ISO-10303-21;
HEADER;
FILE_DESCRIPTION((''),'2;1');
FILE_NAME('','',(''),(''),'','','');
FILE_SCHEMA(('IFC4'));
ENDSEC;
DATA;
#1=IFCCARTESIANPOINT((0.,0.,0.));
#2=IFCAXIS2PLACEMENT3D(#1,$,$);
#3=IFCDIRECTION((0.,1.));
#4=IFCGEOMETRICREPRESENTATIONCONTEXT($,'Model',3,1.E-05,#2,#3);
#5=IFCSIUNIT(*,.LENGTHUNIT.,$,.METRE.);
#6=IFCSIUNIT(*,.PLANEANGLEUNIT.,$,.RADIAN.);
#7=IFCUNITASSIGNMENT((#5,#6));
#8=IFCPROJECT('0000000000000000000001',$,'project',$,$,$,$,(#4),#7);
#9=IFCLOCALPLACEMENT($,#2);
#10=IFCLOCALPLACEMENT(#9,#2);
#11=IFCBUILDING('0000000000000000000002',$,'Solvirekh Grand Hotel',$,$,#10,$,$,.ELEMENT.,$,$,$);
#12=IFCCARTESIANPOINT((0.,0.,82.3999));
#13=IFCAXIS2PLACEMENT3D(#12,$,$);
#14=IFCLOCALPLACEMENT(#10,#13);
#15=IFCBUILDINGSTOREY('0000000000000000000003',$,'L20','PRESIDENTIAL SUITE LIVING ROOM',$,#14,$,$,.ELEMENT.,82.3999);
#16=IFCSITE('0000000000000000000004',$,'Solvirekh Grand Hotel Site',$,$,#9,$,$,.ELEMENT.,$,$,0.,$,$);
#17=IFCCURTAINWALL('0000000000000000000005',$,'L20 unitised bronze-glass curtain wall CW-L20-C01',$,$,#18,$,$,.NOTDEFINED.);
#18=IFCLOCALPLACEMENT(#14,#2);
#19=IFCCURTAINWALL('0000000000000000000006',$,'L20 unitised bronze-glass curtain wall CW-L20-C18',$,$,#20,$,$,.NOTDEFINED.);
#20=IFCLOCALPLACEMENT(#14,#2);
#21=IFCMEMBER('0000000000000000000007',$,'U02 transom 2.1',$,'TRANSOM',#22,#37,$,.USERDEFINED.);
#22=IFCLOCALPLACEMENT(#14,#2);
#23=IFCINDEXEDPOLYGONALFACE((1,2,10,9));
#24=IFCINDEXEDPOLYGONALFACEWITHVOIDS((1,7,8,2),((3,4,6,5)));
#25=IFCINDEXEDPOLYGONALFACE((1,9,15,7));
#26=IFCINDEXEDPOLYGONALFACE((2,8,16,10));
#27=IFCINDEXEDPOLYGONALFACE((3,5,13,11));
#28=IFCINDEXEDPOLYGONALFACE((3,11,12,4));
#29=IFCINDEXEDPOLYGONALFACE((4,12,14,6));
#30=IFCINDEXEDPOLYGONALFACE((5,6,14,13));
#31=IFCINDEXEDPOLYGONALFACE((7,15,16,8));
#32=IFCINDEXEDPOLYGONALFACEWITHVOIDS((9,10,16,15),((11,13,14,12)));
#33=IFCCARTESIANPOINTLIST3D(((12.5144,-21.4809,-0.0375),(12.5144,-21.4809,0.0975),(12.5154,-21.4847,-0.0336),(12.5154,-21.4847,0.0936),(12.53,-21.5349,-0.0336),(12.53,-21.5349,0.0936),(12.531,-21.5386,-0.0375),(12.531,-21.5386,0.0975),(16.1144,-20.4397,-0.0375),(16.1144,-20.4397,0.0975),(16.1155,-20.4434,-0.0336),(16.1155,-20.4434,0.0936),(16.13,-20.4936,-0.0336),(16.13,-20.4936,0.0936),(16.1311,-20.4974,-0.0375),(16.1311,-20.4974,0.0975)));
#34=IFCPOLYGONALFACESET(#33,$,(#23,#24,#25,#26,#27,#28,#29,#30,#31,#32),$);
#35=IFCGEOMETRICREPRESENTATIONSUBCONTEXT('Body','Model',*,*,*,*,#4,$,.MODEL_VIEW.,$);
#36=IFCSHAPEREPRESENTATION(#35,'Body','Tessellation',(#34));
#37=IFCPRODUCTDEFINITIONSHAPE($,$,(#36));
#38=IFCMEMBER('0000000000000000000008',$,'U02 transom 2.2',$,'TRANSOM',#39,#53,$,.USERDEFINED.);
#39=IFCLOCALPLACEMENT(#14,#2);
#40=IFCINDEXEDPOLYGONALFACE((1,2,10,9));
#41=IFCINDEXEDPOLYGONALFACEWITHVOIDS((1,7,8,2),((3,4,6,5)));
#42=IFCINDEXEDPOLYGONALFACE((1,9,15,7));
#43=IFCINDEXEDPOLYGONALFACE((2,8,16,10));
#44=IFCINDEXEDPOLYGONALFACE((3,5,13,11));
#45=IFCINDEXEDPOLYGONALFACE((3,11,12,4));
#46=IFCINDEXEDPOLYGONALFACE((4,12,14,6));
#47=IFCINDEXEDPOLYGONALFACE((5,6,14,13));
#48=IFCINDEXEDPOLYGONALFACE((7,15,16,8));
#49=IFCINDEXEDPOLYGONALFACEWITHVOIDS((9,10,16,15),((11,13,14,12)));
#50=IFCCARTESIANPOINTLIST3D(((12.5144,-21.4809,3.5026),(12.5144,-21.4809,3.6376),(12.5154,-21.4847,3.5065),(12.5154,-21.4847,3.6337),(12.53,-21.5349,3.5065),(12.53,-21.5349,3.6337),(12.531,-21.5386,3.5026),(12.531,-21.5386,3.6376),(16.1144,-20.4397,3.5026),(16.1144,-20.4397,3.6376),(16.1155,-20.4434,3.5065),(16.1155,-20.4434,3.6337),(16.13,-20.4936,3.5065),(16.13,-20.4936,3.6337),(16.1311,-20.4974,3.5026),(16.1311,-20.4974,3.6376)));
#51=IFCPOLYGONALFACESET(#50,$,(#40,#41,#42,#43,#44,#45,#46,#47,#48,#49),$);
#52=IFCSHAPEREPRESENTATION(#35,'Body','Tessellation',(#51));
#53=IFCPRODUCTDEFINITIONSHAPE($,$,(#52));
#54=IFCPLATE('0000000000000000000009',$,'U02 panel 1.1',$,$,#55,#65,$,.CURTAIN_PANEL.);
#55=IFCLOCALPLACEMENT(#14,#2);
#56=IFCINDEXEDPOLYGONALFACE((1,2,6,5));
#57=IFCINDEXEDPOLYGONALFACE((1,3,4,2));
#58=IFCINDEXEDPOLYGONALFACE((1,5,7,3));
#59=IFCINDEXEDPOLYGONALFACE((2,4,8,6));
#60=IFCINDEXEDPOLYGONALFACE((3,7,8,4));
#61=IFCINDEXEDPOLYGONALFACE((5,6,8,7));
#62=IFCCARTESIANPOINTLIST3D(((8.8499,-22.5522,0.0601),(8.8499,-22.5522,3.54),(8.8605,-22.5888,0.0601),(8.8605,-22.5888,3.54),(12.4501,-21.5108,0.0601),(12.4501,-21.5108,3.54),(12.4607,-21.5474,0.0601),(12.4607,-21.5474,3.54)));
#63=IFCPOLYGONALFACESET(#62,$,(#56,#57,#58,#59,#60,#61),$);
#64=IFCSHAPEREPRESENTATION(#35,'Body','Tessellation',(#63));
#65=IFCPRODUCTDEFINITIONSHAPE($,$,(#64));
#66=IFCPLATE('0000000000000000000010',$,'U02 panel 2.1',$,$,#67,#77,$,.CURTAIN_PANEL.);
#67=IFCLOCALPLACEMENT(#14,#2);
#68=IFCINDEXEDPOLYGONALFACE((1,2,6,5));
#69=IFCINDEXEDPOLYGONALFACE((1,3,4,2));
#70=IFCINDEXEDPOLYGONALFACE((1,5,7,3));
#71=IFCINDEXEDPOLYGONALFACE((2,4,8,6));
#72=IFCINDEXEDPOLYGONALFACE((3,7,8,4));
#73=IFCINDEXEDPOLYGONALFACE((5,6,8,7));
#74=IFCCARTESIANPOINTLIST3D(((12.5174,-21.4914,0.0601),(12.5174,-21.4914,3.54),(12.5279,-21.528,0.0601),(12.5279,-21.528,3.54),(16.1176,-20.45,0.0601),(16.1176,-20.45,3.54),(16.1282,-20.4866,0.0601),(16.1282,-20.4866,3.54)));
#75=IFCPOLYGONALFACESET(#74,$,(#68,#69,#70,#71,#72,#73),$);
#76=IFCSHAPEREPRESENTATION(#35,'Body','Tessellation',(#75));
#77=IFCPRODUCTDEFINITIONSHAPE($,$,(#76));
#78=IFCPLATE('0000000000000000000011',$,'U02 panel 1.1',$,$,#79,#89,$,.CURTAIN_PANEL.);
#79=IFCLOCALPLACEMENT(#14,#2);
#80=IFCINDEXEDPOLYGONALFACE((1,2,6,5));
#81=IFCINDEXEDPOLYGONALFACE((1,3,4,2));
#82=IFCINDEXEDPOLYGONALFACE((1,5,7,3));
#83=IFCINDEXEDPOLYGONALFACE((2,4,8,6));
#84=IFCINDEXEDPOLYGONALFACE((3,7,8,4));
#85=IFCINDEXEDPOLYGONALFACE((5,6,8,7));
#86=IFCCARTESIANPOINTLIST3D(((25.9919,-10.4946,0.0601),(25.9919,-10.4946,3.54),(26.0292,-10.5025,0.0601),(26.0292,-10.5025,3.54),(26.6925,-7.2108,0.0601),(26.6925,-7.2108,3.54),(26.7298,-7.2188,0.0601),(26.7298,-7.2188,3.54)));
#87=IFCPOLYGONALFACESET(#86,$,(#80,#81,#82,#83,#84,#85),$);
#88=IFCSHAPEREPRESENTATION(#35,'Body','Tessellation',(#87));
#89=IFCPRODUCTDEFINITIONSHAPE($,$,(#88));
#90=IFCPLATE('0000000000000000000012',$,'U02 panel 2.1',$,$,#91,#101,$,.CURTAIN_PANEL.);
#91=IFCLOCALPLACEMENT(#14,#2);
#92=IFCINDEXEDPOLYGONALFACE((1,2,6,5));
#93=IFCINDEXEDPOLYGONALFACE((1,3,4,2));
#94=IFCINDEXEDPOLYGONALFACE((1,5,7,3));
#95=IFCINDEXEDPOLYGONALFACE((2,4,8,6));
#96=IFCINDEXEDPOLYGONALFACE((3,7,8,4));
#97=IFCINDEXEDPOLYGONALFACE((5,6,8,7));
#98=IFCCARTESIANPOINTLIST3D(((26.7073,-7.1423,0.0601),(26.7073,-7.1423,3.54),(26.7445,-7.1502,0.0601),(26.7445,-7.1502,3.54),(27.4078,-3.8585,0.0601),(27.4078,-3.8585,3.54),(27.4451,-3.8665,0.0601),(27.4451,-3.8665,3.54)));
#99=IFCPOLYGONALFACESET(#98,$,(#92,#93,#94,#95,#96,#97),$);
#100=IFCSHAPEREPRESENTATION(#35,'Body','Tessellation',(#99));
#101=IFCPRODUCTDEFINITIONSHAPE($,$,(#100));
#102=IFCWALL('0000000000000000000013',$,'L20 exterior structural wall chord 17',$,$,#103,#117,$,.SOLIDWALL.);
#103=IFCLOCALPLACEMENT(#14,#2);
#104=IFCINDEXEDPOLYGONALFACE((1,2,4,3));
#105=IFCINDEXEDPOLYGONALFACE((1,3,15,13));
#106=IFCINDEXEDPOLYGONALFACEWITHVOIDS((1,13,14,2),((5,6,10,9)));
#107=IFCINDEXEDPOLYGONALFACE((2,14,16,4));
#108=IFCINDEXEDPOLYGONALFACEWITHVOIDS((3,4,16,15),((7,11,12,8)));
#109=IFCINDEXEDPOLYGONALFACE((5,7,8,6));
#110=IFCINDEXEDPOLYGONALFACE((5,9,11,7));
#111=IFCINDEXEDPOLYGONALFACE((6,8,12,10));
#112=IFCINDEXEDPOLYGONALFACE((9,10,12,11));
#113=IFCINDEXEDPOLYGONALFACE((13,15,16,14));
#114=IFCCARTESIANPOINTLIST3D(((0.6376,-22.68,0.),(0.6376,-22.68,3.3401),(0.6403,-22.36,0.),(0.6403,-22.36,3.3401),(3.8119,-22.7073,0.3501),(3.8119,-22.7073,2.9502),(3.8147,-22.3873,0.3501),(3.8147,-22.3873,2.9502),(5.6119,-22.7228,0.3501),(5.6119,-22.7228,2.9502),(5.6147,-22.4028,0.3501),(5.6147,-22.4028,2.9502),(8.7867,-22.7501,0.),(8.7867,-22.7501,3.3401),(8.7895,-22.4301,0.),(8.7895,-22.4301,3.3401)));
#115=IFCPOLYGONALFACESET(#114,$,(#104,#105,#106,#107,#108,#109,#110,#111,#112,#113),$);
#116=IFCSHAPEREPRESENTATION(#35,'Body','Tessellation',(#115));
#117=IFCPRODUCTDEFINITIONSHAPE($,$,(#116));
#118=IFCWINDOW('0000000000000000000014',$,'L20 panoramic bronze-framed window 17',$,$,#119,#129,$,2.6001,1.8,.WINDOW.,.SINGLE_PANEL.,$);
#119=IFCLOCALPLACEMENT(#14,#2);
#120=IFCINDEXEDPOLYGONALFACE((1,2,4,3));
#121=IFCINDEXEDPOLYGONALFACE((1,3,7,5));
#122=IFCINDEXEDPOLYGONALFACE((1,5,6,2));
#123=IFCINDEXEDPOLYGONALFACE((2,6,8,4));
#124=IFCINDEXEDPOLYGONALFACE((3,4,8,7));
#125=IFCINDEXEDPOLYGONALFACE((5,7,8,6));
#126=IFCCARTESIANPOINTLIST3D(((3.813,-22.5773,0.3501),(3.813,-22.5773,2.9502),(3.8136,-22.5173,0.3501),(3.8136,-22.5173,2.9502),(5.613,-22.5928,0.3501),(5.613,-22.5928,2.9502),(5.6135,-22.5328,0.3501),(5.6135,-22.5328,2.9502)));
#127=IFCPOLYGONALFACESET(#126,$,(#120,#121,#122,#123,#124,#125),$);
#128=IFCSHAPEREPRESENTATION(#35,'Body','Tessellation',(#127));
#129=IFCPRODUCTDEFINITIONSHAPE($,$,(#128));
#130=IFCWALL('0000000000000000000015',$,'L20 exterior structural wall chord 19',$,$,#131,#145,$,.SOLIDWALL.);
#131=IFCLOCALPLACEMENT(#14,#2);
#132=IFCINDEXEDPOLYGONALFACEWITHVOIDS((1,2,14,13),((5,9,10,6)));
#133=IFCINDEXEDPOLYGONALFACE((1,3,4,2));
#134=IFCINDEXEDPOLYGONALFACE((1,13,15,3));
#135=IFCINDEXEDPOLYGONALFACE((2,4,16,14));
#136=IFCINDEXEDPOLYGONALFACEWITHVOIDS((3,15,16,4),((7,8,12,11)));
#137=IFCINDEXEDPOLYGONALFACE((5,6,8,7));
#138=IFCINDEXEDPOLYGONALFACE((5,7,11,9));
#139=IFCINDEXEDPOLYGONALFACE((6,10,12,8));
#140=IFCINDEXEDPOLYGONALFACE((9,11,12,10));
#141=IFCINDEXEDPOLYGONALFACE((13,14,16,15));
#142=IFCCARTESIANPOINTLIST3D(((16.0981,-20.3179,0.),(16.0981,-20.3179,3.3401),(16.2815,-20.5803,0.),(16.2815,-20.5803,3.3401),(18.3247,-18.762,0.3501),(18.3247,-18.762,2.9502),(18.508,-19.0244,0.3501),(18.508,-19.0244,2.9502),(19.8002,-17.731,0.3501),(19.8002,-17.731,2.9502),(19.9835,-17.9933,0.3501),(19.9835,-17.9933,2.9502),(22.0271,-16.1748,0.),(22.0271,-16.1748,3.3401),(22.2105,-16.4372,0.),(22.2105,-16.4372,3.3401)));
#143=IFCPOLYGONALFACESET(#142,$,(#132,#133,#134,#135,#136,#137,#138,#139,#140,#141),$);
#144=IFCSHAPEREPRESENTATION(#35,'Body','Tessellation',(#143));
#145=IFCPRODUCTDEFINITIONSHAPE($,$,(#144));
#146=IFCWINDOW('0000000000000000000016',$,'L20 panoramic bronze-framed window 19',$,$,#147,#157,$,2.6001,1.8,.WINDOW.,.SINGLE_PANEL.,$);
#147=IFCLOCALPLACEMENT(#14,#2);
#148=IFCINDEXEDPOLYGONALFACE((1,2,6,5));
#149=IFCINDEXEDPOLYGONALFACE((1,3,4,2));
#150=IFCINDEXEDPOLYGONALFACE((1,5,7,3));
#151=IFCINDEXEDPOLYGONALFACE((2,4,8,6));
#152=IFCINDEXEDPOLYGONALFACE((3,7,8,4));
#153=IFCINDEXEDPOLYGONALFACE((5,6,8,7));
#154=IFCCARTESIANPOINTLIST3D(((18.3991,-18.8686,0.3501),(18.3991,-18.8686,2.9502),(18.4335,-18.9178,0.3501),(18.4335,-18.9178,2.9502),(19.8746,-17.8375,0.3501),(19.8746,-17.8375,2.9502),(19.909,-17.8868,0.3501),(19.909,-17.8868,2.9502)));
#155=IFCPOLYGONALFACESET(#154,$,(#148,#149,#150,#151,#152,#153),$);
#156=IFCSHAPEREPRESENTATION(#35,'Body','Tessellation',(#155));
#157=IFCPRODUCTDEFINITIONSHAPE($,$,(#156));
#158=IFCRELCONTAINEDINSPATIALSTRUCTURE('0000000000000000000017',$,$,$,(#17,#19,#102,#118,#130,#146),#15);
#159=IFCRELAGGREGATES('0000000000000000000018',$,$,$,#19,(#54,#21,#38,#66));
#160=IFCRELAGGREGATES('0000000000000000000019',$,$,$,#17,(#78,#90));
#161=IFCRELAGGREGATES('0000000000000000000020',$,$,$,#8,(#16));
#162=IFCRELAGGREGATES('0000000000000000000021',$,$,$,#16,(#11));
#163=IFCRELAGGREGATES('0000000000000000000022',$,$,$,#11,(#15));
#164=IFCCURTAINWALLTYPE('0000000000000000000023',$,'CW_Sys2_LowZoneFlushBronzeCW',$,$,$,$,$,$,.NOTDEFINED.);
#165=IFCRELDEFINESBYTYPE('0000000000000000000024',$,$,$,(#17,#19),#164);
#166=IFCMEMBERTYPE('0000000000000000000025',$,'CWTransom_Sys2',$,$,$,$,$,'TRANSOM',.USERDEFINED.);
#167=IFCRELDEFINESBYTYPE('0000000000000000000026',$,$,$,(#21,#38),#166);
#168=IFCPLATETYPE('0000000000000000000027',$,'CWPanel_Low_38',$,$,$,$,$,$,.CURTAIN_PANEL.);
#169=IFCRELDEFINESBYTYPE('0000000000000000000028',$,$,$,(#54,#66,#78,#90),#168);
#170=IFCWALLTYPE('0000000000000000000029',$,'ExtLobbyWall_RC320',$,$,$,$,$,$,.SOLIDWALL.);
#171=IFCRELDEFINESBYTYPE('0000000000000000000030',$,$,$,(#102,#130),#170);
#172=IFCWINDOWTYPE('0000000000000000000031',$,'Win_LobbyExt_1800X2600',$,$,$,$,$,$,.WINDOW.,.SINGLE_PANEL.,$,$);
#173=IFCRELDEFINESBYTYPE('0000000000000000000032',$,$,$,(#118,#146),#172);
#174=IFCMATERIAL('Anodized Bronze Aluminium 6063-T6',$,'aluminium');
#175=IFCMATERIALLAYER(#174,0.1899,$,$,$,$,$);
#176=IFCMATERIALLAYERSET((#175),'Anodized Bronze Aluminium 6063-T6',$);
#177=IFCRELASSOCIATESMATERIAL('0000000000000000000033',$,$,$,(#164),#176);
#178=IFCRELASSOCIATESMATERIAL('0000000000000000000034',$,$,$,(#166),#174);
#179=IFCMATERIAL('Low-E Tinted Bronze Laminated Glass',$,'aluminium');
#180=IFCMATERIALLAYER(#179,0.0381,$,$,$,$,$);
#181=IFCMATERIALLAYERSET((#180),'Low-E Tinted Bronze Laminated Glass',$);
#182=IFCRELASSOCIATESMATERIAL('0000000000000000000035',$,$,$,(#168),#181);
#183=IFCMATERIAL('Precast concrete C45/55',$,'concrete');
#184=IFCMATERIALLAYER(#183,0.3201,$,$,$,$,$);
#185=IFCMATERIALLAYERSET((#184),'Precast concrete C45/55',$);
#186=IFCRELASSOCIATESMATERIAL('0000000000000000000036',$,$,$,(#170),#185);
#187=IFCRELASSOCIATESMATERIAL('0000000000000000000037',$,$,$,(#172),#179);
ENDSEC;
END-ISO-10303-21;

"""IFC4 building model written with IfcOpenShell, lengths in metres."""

from ifc_helpers import new_model, si_unit, direction, frame, frame_2d, origin, origin_2d, place, context, subcontext, project, spatial, rectangle, hollow_rectangle, extrude, source, transform, mapped, material, layer, layer_set, material_profile, profile_set, type_object, element, fill, aggregate, save


model = new_model("IFC4")

# Units and contexts
model_context = context("Model", 3, precision=1e-05, world=origin(), true_north=direction((0.0, 1.0)))
body_context = subcontext(model_context, "Body", "Model", "MODEL_VIEW")
ifc_project = project(units=[si_unit("LENGTHUNIT", "METRE"), si_unit("PLANEANGLEUNIT", "RADIAN")], contexts=[model_context])

# Site, building, storey
site_placement = place(None, origin())
site = spatial("IfcSite", under=ifc_project, at=site_placement, Name="Solvirekh Grand Hotel Site", CompositionType="ELEMENT", RefElevation=0.0)
building_placement = place(site_placement, origin())
building = spatial("IfcBuilding", under=site, at=building_placement, Name="Solvirekh Grand Hotel", CompositionType="ELEMENT")
storey_placement = place(building_placement, frame((0.0, 0.0, 82.3999)))
storey = spatial("IfcBuildingStorey", under=building, at=storey_placement, Name="L20", Description="PRESIDENTIAL SUITE LIVING ROOM", CompositionType="ELEMENT", Elevation=82.3999)

# Curtain walls
ifc_material_1 = material(Name="Anodized Bronze Aluminium 6063-T6", Category="aluminium")
ifc_layer_1 = layer(ifc_material_1, 0.1899)
ifc_layer_set_1 = layer_set([ifc_layer_1], Name="Anodized Bronze Aluminium 6063-T6")
curtain_wall_type = type_object("IfcCurtainWallType", Name="CW_Sys2_LowZoneFlushBronzeCW", PredefinedType="NOTDEFINED", material=ifc_layer_set_1)
curtain_wall_1_placement = place(storey_placement, origin())
curtain_wall_1 = element("IfcCurtainWall", 1, at=curtain_wall_1_placement, inside=storey, type_object=curtain_wall_type, Name="L20 unitised bronze-glass curtain wall CW-L20-C01", PredefinedType="NOTDEFINED")
curtain_wall_2_placement = place(storey_placement, origin())
curtain_wall_2 = element("IfcCurtainWall", 2, at=curtain_wall_2_placement, inside=storey, type_object=curtain_wall_type, Name="L20 unitised bronze-glass curtain wall CW-L20-C18", PredefinedType="NOTDEFINED")

# Members
ifc_material_profile_1 = material_profile(ifc_material_1, hollow_rectangle(XDim=0.0601, YDim=0.135, WallThickness=0.0039, at=origin_2d()), Name="ALU RHS 135X60X4")
ifc_profile_set_1 = profile_set([ifc_material_profile_1], Name="Anodized Bronze Aluminium 6063-T6")
member_type_1 = type_object("IfcMemberType", Name="CWTransom_Sys2", ElementType="TRANSOM", PredefinedType="USERDEFINED", material=ifc_profile_set_1)
shared_shape_1 = source(origin(), body_context, "Body", "SweptSolid", [
    extrude(hollow_rectangle(XDim=0.0601, YDim=0.135, WallThickness=0.0039, at=origin_2d()), origin(), (0.0, 0.0, 1.0), 3.7476),
])
member_1_placement = place(storey_placement, frame((12.5227, -21.5098, 0.03), z_axis=(0.960627, 0.277843, 0.0), x_axis=(-0.277843, 0.960627, 0.0)))
member_1 = element("IfcMember", 3, at=member_1_placement, type_object=member_type_1, Name="U02 transom 2.1", ObjectType="TRANSOM", PredefinedType="USERDEFINED", context=body_context, shape_type="MappedRepresentation", body=[
    mapped(shared_shape_1, transform((0.0, 0.0, 0.0), x_axis=(1.0, 0.0, 0.0), y_axis=(0.0, 1.0, 0.0), z_axis=(0.0, 0.0, 1.0), scale=1.0)),
])
member_2_placement = place(storey_placement, frame((12.5227, -21.5098, 3.5701), z_axis=(0.960627, 0.277843, 0.0), x_axis=(-0.277843, 0.960627, 0.0)))
member_2 = element("IfcMember", 4, at=member_2_placement, type_object=member_type_1, Name="U02 transom 2.2", ObjectType="TRANSOM", PredefinedType="USERDEFINED", context=body_context, shape_type="MappedRepresentation", body=[
    mapped(shared_shape_1, transform((0.0, 0.0, 0.0), x_axis=(1.0, 0.0, 0.0), y_axis=(0.0, 1.0, 0.0), z_axis=(0.0, 0.0, 1.0), scale=1.0)),
])

# Plates
ifc_material_2 = material(Name="Low-E Tinted Bronze Laminated Glass", Category="aluminium")
ifc_layer_2 = layer(ifc_material_2, 0.0381)
ifc_layer_set_2 = layer_set([ifc_layer_2], Name="Low-E Tinted Bronze Laminated Glass")
plate_type = type_object("IfcPlateType", Name="CWPanel_Low_38", PredefinedType="CURTAIN_PANEL", material=ifc_layer_set_2)
shared_shape_2 = source(origin(), body_context, "Body", "SweptSolid", [
    extrude(rectangle(XDim=3.7478, YDim=0.0381, at=origin_2d()), origin(), (0.0, 0.0, 1.0), 3.48),
])
plate_1_placement = place(storey_placement, frame((10.6553, -22.0498, 0.0601), z_axis=(0.0, 0.0, 1.0), x_axis=(0.960623, 0.277856, 0.0)))
plate_1 = element("IfcPlate", 5, at=plate_1_placement, type_object=plate_type, Name="U02 panel 1.1", PredefinedType="CURTAIN_PANEL", context=body_context, shape_type="MappedRepresentation", body=[
    mapped(shared_shape_2, transform((0.0, 0.0, 0.0), x_axis=(1.0, 0.0, 0.0), y_axis=(0.0, 1.0, 0.0), z_axis=(0.0, 0.0, 1.0), scale=1.0)),
])
plate_2_placement = place(storey_placement, frame((14.3228, -20.989, 0.0601), z_axis=(0.0, 0.0, 1.0), x_axis=(0.960623, 0.277856, 0.0)))
plate_2 = element("IfcPlate", 6, at=plate_2_placement, type_object=plate_type, Name="U02 panel 2.1", PredefinedType="CURTAIN_PANEL", context=body_context, shape_type="MappedRepresentation", body=[
    mapped(shared_shape_2, transform((0.0, 0.0, 0.0), x_axis=(1.0, 0.0, 0.0), y_axis=(0.0, 1.0, 0.0), z_axis=(0.0, 0.0, 1.0), scale=1.0)),
])
aggregate(curtain_wall_2, [plate_1, member_1, member_2, plate_2])
shared_shape_3 = source(origin(), body_context, "Body", "SweptSolid", [
    extrude(rectangle(XDim=3.3577, YDim=0.0381, at=origin_2d()), origin(), (0.0, 0.0, 1.0), 3.48),
])
plate_3_placement = place(storey_placement, frame((26.3608, -8.8567, 0.0601), z_axis=(0.0, 0.0, 1.0), x_axis=(0.208651, 0.97799, 0.0)))
plate_3 = element("IfcPlate", 7, at=plate_3_placement, type_object=plate_type, Name="U02 panel 1.1", PredefinedType="CURTAIN_PANEL", context=body_context, shape_type="MappedRepresentation", body=[
    mapped(shared_shape_3, transform((0.0, 0.0, 0.0), x_axis=(1.0, 0.0, 0.0), y_axis=(0.0, 1.0, 0.0), z_axis=(0.0, 0.0, 1.0), scale=1.0)),
])
plate_4_placement = place(storey_placement, frame((27.0762, -5.5044, 0.0601), z_axis=(0.0, 0.0, 1.0), x_axis=(0.208651, 0.97799, 0.0)))
plate_4 = element("IfcPlate", 8, at=plate_4_placement, type_object=plate_type, Name="U02 panel 2.1", PredefinedType="CURTAIN_PANEL", context=body_context, shape_type="MappedRepresentation", body=[
    mapped(shared_shape_3, transform((0.0, 0.0, 0.0), x_axis=(1.0, 0.0, 0.0), y_axis=(0.0, 1.0, 0.0), z_axis=(0.0, 0.0, 1.0), scale=1.0)),
])
aggregate(curtain_wall_1, [plate_3, plate_4])

# Walls, openings, windows
ifc_material_3 = material(Name="Precast concrete C45/55", Category="concrete")
ifc_layer_3 = layer(ifc_material_3, 0.3201)
ifc_layer_set_3 = layer_set([ifc_layer_3], Name="Precast concrete C45/55")
wall_type_1 = type_object("IfcWallType", Name="ExtLobbyWall_RC320", PredefinedType="SOLIDWALL", material=ifc_layer_set_3)
wall_1_placement = place(storey_placement, frame((8.7881, -22.5901, 0.0), z_axis=(0.0, 0.0, 1.0), x_axis=(-0.999963, 0.008598, 0.0)))
wall_1 = element("IfcWall", 9, at=wall_1_placement, inside=storey, type_object=wall_type_1, Name="L20 exterior structural wall chord 17", PredefinedType="SOLIDWALL", context=body_context, shape_type="SweptSolid", body=[
    extrude(rectangle(XDim=8.1494, YDim=0.3201, at=frame_2d((4.0747, 0.0))), origin(), (0.0, 0.0, 1.0), 3.3401),
])
opening_1_placement = place(wall_1_placement, frame((3.175, 0.0, 0.3501)))
opening_1 = element("IfcOpeningElement", 10, at=opening_1_placement, cuts=wall_1, PredefinedType="OPENING", context=body_context, shape_type="SweptSolid", body=[
    extrude(rectangle(XDim=1.8, YDim=2.6001, at=frame_2d((0.8999, 1.3))), frame((0.0, 0.1699, 0.0), z_axis=(0.0, -1.0, 0.0), x_axis=(1.0, 0.0, 0.0)), (0.0, 0.0, 1.0), 0.3401),
])
window_type = type_object("IfcWindowType", Name="Win_LobbyExt_1800X2600", PartitioningType="SINGLE_PANEL", PredefinedType="WINDOW", material=ifc_material_2)
window_1_placement = place(opening_1_placement, origin())
window_1 = element("IfcWindow", 11, at=window_1_placement, inside=storey, type_object=window_type, Name="L20 panoramic bronze-framed window 17", OverallHeight=2.6001, OverallWidth=1.8, PartitioningType="SINGLE_PANEL", PredefinedType="WINDOW", context=body_context, shape_type="SweptSolid", body=[
    extrude(rectangle(XDim=1.8, YDim=2.6001, at=frame_2d((0.8999, 1.3))), frame((0.0, 0.03, 0.0), z_axis=(0.0, -1.0, 0.0), x_axis=(1.0, 0.0, 0.0)), (0.0, 0.0, 1.0), 0.0601),
])
fill(opening_1, window_1)
wall_2_placement = place(storey_placement, frame((22.1189, -16.3059, 0.0), z_axis=(0.0, 0.0, 1.0), x_axis=(-0.819699, -0.572794, 0.0)))
wall_2 = element("IfcWall", 12, at=wall_2_placement, inside=storey, type_object=wall_type_1, Name="L20 exterior structural wall chord 19", PredefinedType="SOLIDWALL", context=body_context, shape_type="SweptSolid", body=[
    extrude(rectangle(XDim=7.2332, YDim=0.3201, at=frame_2d((3.6167, 0.0))), origin(), (0.0, 0.0, 1.0), 3.3401),
])
opening_2_placement = place(wall_2_placement, frame((2.717, 0.0, 0.3501)))
opening_2 = element("IfcOpeningElement", 13, at=opening_2_placement, cuts=wall_2, PredefinedType="OPENING", context=body_context, shape_type="SweptSolid", body=[
    extrude(rectangle(XDim=1.8, YDim=2.6001, at=frame_2d((0.8999, 1.3))), frame((0.0, 0.1699, 0.0), z_axis=(0.0, -1.0, 0.0), x_axis=(1.0, 0.0, 0.0)), (0.0, 0.0, 1.0), 0.3401),
])
window_2_placement = place(opening_2_placement, origin())
window_2 = element("IfcWindow", 14, at=window_2_placement, inside=storey, type_object=window_type, Name="L20 panoramic bronze-framed window 19", OverallHeight=2.6001, OverallWidth=1.8, PartitioningType="SINGLE_PANEL", PredefinedType="WINDOW", context=body_context, shape_type="SweptSolid", body=[
    extrude(rectangle(XDim=1.8, YDim=2.6001, at=frame_2d((0.8999, 1.3))), frame((0.0, 0.03, 0.0), z_axis=(0.0, -1.0, 0.0), x_axis=(1.0, 0.0, 0.0)), (0.0, 0.0, 1.0), 0.0601),
])
fill(opening_2, window_2)

save(model, "model.ifc")
